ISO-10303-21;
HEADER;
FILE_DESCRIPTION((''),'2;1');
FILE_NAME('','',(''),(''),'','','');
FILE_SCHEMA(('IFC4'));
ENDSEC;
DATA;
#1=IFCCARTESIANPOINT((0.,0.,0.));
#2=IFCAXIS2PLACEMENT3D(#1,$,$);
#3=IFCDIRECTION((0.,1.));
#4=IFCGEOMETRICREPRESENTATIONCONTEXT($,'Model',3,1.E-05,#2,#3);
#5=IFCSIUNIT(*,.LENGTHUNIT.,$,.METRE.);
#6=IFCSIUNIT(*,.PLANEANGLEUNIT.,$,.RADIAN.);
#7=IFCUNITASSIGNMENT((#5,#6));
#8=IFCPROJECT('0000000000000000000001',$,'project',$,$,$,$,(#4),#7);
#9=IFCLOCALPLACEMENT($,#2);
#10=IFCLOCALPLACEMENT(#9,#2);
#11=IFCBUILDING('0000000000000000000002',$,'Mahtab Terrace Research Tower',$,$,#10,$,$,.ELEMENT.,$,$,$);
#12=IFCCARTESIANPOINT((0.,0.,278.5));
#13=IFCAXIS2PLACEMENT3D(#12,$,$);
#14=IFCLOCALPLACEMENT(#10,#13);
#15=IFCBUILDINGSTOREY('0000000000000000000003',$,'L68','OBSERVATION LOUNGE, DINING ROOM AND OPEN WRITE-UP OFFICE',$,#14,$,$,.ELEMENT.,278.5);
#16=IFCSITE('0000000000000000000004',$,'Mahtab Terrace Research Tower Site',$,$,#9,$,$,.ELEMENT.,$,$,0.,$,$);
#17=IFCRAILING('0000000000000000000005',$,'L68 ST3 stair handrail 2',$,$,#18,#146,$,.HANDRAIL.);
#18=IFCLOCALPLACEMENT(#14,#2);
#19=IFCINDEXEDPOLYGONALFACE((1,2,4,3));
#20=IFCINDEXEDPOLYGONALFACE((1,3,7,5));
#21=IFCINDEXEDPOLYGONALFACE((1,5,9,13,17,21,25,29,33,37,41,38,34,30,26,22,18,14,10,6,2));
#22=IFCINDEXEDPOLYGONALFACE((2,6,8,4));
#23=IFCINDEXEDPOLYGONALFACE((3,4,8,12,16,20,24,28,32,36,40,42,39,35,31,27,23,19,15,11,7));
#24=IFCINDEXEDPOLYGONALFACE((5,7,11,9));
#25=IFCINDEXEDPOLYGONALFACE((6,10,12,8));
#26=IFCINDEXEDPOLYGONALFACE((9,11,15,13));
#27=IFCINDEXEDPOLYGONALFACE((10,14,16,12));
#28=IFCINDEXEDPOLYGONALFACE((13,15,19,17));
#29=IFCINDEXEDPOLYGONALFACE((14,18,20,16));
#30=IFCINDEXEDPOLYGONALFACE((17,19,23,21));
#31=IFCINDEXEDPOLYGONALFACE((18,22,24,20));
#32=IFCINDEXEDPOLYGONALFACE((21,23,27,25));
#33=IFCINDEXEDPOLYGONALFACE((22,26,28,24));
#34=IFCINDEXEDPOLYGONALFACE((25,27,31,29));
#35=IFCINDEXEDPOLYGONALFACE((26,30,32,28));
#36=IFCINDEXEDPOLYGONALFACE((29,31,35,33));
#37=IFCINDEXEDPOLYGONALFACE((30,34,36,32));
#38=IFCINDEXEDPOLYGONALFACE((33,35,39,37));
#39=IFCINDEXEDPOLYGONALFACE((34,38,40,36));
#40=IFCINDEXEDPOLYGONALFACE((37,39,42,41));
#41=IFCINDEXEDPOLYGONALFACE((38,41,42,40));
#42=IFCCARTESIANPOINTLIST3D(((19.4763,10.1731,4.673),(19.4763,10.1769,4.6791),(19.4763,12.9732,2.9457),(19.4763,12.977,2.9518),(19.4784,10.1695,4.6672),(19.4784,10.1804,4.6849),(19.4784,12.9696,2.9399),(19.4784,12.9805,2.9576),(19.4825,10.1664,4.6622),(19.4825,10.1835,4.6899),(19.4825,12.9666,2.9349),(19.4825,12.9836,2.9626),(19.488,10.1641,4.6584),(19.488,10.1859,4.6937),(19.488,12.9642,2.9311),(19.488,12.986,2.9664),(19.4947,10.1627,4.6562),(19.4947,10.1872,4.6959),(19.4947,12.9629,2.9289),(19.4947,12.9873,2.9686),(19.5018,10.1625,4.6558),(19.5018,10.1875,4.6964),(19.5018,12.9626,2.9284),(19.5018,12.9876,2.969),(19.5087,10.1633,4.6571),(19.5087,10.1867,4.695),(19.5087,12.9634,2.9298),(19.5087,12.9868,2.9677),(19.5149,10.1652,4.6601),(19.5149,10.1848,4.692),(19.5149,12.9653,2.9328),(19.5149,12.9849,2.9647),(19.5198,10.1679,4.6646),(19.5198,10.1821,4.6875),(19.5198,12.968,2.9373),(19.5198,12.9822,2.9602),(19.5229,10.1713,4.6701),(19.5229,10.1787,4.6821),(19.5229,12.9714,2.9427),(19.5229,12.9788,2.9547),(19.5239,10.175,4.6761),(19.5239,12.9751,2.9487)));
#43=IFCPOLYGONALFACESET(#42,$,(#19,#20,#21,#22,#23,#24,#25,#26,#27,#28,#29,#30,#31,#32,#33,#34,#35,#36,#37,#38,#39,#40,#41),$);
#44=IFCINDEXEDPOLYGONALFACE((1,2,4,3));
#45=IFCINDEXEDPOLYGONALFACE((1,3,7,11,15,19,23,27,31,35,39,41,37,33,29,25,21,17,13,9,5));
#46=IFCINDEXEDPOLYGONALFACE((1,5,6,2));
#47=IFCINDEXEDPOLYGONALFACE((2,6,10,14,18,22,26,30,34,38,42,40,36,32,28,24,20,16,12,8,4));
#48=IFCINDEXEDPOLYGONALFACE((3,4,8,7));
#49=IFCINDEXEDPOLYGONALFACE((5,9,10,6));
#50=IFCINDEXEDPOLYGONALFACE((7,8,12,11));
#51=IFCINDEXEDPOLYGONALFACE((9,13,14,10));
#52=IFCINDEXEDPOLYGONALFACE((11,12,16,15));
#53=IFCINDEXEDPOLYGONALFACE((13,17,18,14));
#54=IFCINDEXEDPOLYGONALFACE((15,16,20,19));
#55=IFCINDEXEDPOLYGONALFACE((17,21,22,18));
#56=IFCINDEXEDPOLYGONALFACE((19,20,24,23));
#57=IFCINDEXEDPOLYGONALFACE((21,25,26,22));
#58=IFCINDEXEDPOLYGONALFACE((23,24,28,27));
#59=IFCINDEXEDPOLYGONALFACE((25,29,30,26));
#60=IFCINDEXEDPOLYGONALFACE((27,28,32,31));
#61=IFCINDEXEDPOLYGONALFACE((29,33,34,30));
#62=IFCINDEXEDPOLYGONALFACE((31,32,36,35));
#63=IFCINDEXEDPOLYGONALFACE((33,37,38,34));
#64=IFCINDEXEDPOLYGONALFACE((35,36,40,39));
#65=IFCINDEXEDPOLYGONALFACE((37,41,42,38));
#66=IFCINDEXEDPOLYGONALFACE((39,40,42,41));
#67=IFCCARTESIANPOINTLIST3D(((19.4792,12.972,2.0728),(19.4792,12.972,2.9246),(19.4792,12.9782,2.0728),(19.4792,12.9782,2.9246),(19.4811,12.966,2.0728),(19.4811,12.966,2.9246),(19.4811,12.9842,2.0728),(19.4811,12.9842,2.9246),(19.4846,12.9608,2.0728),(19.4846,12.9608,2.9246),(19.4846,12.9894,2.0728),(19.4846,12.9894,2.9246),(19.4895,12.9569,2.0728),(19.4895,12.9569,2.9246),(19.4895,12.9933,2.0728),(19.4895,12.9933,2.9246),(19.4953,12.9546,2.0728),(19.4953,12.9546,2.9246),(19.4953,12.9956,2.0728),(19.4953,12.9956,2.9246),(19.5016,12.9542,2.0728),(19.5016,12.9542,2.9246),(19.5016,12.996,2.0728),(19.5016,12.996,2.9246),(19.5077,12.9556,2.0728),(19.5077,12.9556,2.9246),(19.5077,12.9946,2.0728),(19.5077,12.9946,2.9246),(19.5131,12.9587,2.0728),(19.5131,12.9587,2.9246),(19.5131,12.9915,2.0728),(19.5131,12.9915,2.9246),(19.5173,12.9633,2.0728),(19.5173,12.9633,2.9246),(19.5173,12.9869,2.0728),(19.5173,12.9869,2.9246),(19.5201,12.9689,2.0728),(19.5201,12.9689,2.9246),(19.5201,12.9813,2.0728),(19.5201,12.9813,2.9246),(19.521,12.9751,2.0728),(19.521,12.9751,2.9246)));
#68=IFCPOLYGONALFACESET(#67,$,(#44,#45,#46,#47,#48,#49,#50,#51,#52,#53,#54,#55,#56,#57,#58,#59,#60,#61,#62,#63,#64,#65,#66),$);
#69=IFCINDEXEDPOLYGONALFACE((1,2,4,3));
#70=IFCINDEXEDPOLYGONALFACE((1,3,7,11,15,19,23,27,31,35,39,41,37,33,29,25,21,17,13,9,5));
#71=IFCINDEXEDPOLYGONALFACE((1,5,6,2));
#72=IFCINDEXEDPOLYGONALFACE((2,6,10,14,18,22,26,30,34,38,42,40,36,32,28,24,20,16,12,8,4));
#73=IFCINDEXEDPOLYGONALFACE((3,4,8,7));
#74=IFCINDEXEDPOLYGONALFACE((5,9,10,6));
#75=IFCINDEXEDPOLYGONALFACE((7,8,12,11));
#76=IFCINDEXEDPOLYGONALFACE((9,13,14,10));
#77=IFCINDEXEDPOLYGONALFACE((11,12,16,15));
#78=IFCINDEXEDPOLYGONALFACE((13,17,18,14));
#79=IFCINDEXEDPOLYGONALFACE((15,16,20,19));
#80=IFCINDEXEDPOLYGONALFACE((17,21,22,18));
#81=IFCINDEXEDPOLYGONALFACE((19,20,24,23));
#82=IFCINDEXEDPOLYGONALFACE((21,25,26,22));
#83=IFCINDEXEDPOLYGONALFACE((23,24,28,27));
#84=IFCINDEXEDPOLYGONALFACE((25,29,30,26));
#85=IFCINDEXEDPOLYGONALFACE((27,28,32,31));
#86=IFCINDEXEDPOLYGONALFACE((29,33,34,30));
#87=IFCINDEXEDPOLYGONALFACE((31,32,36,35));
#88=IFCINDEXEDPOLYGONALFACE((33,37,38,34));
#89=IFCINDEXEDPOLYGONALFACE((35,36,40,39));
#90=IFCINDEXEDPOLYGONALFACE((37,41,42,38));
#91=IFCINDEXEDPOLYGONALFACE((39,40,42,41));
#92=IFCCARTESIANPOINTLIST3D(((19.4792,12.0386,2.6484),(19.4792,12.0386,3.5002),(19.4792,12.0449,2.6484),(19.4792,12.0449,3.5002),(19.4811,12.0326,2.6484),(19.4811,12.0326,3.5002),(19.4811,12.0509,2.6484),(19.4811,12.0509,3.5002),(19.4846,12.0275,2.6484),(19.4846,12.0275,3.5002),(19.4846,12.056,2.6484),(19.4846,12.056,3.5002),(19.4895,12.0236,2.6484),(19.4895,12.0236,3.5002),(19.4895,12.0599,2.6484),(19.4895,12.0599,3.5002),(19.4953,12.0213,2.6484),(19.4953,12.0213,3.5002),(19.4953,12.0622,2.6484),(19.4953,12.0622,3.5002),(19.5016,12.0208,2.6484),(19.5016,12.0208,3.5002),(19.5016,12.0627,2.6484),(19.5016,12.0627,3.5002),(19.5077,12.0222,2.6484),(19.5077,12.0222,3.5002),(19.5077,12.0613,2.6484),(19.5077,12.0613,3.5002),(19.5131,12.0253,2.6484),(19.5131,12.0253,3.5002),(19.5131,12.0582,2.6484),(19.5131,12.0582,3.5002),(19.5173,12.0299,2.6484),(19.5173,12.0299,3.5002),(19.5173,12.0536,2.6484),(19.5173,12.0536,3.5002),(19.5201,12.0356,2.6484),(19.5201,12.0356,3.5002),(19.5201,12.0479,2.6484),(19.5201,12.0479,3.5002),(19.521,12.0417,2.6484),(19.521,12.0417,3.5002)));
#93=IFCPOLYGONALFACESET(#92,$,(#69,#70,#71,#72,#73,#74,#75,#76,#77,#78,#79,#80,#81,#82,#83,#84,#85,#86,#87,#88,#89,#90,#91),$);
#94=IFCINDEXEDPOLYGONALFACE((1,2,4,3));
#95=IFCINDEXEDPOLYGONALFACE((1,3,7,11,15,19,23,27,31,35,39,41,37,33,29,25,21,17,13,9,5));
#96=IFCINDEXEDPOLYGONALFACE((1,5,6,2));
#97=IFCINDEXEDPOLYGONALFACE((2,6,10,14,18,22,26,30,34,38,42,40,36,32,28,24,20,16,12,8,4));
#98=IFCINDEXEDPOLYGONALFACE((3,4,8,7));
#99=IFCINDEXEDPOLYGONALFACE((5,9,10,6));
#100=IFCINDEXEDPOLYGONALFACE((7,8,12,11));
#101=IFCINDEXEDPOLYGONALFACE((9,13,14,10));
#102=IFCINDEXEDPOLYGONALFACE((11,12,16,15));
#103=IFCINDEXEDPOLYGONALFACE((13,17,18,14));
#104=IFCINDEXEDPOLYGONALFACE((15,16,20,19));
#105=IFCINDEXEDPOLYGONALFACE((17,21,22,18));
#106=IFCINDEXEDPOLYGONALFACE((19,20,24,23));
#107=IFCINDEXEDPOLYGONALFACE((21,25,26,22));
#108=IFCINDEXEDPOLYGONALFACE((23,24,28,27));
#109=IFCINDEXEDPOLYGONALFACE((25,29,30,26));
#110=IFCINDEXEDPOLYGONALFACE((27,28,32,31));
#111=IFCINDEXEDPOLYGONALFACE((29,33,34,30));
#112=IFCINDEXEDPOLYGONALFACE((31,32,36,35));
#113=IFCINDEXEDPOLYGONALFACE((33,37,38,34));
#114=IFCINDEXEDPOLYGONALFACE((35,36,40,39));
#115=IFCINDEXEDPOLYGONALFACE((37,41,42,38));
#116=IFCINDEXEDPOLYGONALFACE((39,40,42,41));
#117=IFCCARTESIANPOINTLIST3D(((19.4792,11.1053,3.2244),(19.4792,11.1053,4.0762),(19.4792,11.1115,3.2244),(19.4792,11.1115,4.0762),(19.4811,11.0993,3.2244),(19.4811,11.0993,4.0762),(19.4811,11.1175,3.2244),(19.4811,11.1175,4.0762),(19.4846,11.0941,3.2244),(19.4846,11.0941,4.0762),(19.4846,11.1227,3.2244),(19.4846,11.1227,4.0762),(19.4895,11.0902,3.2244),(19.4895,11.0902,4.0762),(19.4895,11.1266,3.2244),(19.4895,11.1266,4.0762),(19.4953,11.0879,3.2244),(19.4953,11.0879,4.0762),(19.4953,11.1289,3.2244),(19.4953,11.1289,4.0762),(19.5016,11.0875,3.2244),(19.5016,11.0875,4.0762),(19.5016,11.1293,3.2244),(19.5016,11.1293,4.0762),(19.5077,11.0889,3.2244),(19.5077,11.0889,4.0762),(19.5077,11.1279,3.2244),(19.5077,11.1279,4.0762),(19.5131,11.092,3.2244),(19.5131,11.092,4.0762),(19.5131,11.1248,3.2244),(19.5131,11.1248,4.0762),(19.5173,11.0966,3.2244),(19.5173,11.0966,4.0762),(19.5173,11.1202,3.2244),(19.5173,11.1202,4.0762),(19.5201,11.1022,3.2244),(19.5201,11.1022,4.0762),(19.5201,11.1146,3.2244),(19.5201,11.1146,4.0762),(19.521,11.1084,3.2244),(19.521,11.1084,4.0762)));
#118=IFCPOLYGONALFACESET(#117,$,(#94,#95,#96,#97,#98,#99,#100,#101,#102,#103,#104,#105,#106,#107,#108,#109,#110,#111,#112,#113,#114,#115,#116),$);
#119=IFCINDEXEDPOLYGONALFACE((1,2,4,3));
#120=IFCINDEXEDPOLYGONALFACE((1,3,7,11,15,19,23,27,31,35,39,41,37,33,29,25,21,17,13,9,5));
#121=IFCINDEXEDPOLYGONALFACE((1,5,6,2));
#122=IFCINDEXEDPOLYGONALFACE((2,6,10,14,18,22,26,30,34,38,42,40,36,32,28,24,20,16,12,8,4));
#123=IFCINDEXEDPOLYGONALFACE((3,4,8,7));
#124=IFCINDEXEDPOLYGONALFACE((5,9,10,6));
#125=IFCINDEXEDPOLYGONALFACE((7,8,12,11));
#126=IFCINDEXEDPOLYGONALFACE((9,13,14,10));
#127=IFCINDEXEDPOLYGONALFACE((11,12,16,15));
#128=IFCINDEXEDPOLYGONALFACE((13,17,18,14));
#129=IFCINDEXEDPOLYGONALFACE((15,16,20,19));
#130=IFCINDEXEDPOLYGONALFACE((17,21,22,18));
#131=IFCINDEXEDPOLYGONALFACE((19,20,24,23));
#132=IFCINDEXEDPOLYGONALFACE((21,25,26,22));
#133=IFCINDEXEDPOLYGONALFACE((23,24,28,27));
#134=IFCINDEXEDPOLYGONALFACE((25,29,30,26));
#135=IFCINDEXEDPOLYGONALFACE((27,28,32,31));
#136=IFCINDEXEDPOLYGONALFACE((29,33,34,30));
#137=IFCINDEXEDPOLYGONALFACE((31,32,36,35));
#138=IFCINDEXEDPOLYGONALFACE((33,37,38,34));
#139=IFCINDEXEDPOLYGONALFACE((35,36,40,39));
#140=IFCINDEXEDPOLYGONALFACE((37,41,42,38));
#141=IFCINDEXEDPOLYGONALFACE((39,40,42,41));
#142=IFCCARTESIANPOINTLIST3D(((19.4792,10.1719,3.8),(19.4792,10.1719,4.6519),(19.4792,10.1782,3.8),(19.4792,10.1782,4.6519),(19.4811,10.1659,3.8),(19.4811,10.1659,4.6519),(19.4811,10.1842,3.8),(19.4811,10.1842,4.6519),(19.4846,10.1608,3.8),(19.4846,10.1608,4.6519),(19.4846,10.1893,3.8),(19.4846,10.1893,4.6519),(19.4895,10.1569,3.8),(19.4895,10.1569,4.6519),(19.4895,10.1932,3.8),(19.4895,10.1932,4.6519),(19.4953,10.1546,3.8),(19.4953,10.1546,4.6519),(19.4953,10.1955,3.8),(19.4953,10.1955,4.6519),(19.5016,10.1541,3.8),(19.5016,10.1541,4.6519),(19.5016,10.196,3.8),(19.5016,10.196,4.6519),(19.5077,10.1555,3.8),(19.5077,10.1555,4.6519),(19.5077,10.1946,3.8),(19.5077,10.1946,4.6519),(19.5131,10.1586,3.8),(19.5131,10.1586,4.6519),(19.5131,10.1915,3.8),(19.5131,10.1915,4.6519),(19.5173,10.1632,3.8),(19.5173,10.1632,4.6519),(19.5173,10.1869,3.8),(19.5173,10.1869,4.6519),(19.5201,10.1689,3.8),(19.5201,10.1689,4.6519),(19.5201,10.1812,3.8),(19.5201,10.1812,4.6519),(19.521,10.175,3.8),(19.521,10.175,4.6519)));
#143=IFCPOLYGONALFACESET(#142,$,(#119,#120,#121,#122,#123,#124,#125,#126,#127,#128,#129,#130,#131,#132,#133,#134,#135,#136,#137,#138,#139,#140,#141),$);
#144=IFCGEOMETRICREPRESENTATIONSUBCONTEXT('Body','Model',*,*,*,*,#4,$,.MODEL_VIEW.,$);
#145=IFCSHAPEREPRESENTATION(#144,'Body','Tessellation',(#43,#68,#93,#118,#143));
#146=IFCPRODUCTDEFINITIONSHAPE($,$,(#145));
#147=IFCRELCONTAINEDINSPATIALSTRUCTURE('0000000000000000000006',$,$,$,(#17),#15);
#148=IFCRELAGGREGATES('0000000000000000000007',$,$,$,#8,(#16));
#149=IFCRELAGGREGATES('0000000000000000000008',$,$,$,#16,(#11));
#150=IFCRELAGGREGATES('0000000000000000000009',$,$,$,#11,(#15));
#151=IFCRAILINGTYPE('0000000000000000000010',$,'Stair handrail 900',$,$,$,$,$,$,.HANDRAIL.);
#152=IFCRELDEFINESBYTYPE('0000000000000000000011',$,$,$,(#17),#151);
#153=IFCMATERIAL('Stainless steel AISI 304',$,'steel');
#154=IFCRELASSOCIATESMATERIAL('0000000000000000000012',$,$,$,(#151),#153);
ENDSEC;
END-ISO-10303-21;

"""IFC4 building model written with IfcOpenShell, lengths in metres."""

from ifc_helpers import new_model, si_unit, direction, frame, origin, origin_2d, place, context, subcontext, project, spatial, circle, extrude, material, type_object, element, save


model = new_model("IFC4")

# Units and contexts
model_context = context("Model", 3, precision=1e-05, world=origin(), true_north=direction((0.0, 1.0)))
body_context = subcontext(model_context, "Body", "Model", "MODEL_VIEW")
ifc_project = project(units=[si_unit("LENGTHUNIT", "METRE"), si_unit("PLANEANGLEUNIT", "RADIAN")], contexts=[model_context])

# Site, building, storey
site_placement = place(None, origin())
site = spatial("IfcSite", under=ifc_project, at=site_placement, Name="Mahtab Terrace Research Tower Site", CompositionType="ELEMENT", RefElevation=0.0)
building_placement = place(site_placement, origin())
building = spatial("IfcBuilding", under=site, at=building_placement, Name="Mahtab Terrace Research Tower", CompositionType="ELEMENT")
storey_placement = place(building_placement, frame((0.0, 0.0, 278.5)))
storey = spatial("IfcBuildingStorey", under=building, at=storey_placement, Name="L68", Description="OBSERVATION LOUNGE, DINING ROOM AND OPEN WRITE-UP OFFICE", CompositionType="ELEMENT", Elevation=278.5)

# Shared definitions
ifc_material_1 = material(Name="Stainless steel AISI 304", Category="steel")

# Railing
railing_type_1 = type_object("IfcRailingType", Name="Stair handrail 900", PredefinedType="HANDRAIL", material=ifc_material_1)
railing_1_placement = place(storey_placement, frame((19.5, 12.9751, 2.0728)))
element("IfcRailing", 1, at=railing_1_placement, inside=storey, type_object=railing_type_1, Name="L68 ST3 stair handrail 2", PredefinedType="HANDRAIL", context=body_context, shape_type="SweptSolid", body=[
    extrude(circle(Radius=0.0239, at=origin_2d()), frame((0.0, 0.0, 0.876), z_axis=(0.0, -0.85109, 0.52502), x_axis=(1.0, 0.0, 0.0)), (0.0, 0.0, 1.0), 3.29),
    extrude(circle(Radius=0.021, at=origin_2d()), origin(), (0.0, 0.0, 1.0), 0.8518),
    extrude(circle(Radius=0.021, at=origin_2d()), frame((0.0, -0.9333, 0.5757)), (0.0, 0.0, 1.0), 0.8518),
    extrude(circle(Radius=0.021, at=origin_2d()), frame((0.0, -1.8667, 1.1516)), (0.0, 0.0, 1.0), 0.8518),
    extrude(circle(Radius=0.021, at=origin_2d()), frame((0.0, -2.8, 1.7273)), (0.0, 0.0, 1.0), 0.8518),
])

save(model, "model.ifc")
